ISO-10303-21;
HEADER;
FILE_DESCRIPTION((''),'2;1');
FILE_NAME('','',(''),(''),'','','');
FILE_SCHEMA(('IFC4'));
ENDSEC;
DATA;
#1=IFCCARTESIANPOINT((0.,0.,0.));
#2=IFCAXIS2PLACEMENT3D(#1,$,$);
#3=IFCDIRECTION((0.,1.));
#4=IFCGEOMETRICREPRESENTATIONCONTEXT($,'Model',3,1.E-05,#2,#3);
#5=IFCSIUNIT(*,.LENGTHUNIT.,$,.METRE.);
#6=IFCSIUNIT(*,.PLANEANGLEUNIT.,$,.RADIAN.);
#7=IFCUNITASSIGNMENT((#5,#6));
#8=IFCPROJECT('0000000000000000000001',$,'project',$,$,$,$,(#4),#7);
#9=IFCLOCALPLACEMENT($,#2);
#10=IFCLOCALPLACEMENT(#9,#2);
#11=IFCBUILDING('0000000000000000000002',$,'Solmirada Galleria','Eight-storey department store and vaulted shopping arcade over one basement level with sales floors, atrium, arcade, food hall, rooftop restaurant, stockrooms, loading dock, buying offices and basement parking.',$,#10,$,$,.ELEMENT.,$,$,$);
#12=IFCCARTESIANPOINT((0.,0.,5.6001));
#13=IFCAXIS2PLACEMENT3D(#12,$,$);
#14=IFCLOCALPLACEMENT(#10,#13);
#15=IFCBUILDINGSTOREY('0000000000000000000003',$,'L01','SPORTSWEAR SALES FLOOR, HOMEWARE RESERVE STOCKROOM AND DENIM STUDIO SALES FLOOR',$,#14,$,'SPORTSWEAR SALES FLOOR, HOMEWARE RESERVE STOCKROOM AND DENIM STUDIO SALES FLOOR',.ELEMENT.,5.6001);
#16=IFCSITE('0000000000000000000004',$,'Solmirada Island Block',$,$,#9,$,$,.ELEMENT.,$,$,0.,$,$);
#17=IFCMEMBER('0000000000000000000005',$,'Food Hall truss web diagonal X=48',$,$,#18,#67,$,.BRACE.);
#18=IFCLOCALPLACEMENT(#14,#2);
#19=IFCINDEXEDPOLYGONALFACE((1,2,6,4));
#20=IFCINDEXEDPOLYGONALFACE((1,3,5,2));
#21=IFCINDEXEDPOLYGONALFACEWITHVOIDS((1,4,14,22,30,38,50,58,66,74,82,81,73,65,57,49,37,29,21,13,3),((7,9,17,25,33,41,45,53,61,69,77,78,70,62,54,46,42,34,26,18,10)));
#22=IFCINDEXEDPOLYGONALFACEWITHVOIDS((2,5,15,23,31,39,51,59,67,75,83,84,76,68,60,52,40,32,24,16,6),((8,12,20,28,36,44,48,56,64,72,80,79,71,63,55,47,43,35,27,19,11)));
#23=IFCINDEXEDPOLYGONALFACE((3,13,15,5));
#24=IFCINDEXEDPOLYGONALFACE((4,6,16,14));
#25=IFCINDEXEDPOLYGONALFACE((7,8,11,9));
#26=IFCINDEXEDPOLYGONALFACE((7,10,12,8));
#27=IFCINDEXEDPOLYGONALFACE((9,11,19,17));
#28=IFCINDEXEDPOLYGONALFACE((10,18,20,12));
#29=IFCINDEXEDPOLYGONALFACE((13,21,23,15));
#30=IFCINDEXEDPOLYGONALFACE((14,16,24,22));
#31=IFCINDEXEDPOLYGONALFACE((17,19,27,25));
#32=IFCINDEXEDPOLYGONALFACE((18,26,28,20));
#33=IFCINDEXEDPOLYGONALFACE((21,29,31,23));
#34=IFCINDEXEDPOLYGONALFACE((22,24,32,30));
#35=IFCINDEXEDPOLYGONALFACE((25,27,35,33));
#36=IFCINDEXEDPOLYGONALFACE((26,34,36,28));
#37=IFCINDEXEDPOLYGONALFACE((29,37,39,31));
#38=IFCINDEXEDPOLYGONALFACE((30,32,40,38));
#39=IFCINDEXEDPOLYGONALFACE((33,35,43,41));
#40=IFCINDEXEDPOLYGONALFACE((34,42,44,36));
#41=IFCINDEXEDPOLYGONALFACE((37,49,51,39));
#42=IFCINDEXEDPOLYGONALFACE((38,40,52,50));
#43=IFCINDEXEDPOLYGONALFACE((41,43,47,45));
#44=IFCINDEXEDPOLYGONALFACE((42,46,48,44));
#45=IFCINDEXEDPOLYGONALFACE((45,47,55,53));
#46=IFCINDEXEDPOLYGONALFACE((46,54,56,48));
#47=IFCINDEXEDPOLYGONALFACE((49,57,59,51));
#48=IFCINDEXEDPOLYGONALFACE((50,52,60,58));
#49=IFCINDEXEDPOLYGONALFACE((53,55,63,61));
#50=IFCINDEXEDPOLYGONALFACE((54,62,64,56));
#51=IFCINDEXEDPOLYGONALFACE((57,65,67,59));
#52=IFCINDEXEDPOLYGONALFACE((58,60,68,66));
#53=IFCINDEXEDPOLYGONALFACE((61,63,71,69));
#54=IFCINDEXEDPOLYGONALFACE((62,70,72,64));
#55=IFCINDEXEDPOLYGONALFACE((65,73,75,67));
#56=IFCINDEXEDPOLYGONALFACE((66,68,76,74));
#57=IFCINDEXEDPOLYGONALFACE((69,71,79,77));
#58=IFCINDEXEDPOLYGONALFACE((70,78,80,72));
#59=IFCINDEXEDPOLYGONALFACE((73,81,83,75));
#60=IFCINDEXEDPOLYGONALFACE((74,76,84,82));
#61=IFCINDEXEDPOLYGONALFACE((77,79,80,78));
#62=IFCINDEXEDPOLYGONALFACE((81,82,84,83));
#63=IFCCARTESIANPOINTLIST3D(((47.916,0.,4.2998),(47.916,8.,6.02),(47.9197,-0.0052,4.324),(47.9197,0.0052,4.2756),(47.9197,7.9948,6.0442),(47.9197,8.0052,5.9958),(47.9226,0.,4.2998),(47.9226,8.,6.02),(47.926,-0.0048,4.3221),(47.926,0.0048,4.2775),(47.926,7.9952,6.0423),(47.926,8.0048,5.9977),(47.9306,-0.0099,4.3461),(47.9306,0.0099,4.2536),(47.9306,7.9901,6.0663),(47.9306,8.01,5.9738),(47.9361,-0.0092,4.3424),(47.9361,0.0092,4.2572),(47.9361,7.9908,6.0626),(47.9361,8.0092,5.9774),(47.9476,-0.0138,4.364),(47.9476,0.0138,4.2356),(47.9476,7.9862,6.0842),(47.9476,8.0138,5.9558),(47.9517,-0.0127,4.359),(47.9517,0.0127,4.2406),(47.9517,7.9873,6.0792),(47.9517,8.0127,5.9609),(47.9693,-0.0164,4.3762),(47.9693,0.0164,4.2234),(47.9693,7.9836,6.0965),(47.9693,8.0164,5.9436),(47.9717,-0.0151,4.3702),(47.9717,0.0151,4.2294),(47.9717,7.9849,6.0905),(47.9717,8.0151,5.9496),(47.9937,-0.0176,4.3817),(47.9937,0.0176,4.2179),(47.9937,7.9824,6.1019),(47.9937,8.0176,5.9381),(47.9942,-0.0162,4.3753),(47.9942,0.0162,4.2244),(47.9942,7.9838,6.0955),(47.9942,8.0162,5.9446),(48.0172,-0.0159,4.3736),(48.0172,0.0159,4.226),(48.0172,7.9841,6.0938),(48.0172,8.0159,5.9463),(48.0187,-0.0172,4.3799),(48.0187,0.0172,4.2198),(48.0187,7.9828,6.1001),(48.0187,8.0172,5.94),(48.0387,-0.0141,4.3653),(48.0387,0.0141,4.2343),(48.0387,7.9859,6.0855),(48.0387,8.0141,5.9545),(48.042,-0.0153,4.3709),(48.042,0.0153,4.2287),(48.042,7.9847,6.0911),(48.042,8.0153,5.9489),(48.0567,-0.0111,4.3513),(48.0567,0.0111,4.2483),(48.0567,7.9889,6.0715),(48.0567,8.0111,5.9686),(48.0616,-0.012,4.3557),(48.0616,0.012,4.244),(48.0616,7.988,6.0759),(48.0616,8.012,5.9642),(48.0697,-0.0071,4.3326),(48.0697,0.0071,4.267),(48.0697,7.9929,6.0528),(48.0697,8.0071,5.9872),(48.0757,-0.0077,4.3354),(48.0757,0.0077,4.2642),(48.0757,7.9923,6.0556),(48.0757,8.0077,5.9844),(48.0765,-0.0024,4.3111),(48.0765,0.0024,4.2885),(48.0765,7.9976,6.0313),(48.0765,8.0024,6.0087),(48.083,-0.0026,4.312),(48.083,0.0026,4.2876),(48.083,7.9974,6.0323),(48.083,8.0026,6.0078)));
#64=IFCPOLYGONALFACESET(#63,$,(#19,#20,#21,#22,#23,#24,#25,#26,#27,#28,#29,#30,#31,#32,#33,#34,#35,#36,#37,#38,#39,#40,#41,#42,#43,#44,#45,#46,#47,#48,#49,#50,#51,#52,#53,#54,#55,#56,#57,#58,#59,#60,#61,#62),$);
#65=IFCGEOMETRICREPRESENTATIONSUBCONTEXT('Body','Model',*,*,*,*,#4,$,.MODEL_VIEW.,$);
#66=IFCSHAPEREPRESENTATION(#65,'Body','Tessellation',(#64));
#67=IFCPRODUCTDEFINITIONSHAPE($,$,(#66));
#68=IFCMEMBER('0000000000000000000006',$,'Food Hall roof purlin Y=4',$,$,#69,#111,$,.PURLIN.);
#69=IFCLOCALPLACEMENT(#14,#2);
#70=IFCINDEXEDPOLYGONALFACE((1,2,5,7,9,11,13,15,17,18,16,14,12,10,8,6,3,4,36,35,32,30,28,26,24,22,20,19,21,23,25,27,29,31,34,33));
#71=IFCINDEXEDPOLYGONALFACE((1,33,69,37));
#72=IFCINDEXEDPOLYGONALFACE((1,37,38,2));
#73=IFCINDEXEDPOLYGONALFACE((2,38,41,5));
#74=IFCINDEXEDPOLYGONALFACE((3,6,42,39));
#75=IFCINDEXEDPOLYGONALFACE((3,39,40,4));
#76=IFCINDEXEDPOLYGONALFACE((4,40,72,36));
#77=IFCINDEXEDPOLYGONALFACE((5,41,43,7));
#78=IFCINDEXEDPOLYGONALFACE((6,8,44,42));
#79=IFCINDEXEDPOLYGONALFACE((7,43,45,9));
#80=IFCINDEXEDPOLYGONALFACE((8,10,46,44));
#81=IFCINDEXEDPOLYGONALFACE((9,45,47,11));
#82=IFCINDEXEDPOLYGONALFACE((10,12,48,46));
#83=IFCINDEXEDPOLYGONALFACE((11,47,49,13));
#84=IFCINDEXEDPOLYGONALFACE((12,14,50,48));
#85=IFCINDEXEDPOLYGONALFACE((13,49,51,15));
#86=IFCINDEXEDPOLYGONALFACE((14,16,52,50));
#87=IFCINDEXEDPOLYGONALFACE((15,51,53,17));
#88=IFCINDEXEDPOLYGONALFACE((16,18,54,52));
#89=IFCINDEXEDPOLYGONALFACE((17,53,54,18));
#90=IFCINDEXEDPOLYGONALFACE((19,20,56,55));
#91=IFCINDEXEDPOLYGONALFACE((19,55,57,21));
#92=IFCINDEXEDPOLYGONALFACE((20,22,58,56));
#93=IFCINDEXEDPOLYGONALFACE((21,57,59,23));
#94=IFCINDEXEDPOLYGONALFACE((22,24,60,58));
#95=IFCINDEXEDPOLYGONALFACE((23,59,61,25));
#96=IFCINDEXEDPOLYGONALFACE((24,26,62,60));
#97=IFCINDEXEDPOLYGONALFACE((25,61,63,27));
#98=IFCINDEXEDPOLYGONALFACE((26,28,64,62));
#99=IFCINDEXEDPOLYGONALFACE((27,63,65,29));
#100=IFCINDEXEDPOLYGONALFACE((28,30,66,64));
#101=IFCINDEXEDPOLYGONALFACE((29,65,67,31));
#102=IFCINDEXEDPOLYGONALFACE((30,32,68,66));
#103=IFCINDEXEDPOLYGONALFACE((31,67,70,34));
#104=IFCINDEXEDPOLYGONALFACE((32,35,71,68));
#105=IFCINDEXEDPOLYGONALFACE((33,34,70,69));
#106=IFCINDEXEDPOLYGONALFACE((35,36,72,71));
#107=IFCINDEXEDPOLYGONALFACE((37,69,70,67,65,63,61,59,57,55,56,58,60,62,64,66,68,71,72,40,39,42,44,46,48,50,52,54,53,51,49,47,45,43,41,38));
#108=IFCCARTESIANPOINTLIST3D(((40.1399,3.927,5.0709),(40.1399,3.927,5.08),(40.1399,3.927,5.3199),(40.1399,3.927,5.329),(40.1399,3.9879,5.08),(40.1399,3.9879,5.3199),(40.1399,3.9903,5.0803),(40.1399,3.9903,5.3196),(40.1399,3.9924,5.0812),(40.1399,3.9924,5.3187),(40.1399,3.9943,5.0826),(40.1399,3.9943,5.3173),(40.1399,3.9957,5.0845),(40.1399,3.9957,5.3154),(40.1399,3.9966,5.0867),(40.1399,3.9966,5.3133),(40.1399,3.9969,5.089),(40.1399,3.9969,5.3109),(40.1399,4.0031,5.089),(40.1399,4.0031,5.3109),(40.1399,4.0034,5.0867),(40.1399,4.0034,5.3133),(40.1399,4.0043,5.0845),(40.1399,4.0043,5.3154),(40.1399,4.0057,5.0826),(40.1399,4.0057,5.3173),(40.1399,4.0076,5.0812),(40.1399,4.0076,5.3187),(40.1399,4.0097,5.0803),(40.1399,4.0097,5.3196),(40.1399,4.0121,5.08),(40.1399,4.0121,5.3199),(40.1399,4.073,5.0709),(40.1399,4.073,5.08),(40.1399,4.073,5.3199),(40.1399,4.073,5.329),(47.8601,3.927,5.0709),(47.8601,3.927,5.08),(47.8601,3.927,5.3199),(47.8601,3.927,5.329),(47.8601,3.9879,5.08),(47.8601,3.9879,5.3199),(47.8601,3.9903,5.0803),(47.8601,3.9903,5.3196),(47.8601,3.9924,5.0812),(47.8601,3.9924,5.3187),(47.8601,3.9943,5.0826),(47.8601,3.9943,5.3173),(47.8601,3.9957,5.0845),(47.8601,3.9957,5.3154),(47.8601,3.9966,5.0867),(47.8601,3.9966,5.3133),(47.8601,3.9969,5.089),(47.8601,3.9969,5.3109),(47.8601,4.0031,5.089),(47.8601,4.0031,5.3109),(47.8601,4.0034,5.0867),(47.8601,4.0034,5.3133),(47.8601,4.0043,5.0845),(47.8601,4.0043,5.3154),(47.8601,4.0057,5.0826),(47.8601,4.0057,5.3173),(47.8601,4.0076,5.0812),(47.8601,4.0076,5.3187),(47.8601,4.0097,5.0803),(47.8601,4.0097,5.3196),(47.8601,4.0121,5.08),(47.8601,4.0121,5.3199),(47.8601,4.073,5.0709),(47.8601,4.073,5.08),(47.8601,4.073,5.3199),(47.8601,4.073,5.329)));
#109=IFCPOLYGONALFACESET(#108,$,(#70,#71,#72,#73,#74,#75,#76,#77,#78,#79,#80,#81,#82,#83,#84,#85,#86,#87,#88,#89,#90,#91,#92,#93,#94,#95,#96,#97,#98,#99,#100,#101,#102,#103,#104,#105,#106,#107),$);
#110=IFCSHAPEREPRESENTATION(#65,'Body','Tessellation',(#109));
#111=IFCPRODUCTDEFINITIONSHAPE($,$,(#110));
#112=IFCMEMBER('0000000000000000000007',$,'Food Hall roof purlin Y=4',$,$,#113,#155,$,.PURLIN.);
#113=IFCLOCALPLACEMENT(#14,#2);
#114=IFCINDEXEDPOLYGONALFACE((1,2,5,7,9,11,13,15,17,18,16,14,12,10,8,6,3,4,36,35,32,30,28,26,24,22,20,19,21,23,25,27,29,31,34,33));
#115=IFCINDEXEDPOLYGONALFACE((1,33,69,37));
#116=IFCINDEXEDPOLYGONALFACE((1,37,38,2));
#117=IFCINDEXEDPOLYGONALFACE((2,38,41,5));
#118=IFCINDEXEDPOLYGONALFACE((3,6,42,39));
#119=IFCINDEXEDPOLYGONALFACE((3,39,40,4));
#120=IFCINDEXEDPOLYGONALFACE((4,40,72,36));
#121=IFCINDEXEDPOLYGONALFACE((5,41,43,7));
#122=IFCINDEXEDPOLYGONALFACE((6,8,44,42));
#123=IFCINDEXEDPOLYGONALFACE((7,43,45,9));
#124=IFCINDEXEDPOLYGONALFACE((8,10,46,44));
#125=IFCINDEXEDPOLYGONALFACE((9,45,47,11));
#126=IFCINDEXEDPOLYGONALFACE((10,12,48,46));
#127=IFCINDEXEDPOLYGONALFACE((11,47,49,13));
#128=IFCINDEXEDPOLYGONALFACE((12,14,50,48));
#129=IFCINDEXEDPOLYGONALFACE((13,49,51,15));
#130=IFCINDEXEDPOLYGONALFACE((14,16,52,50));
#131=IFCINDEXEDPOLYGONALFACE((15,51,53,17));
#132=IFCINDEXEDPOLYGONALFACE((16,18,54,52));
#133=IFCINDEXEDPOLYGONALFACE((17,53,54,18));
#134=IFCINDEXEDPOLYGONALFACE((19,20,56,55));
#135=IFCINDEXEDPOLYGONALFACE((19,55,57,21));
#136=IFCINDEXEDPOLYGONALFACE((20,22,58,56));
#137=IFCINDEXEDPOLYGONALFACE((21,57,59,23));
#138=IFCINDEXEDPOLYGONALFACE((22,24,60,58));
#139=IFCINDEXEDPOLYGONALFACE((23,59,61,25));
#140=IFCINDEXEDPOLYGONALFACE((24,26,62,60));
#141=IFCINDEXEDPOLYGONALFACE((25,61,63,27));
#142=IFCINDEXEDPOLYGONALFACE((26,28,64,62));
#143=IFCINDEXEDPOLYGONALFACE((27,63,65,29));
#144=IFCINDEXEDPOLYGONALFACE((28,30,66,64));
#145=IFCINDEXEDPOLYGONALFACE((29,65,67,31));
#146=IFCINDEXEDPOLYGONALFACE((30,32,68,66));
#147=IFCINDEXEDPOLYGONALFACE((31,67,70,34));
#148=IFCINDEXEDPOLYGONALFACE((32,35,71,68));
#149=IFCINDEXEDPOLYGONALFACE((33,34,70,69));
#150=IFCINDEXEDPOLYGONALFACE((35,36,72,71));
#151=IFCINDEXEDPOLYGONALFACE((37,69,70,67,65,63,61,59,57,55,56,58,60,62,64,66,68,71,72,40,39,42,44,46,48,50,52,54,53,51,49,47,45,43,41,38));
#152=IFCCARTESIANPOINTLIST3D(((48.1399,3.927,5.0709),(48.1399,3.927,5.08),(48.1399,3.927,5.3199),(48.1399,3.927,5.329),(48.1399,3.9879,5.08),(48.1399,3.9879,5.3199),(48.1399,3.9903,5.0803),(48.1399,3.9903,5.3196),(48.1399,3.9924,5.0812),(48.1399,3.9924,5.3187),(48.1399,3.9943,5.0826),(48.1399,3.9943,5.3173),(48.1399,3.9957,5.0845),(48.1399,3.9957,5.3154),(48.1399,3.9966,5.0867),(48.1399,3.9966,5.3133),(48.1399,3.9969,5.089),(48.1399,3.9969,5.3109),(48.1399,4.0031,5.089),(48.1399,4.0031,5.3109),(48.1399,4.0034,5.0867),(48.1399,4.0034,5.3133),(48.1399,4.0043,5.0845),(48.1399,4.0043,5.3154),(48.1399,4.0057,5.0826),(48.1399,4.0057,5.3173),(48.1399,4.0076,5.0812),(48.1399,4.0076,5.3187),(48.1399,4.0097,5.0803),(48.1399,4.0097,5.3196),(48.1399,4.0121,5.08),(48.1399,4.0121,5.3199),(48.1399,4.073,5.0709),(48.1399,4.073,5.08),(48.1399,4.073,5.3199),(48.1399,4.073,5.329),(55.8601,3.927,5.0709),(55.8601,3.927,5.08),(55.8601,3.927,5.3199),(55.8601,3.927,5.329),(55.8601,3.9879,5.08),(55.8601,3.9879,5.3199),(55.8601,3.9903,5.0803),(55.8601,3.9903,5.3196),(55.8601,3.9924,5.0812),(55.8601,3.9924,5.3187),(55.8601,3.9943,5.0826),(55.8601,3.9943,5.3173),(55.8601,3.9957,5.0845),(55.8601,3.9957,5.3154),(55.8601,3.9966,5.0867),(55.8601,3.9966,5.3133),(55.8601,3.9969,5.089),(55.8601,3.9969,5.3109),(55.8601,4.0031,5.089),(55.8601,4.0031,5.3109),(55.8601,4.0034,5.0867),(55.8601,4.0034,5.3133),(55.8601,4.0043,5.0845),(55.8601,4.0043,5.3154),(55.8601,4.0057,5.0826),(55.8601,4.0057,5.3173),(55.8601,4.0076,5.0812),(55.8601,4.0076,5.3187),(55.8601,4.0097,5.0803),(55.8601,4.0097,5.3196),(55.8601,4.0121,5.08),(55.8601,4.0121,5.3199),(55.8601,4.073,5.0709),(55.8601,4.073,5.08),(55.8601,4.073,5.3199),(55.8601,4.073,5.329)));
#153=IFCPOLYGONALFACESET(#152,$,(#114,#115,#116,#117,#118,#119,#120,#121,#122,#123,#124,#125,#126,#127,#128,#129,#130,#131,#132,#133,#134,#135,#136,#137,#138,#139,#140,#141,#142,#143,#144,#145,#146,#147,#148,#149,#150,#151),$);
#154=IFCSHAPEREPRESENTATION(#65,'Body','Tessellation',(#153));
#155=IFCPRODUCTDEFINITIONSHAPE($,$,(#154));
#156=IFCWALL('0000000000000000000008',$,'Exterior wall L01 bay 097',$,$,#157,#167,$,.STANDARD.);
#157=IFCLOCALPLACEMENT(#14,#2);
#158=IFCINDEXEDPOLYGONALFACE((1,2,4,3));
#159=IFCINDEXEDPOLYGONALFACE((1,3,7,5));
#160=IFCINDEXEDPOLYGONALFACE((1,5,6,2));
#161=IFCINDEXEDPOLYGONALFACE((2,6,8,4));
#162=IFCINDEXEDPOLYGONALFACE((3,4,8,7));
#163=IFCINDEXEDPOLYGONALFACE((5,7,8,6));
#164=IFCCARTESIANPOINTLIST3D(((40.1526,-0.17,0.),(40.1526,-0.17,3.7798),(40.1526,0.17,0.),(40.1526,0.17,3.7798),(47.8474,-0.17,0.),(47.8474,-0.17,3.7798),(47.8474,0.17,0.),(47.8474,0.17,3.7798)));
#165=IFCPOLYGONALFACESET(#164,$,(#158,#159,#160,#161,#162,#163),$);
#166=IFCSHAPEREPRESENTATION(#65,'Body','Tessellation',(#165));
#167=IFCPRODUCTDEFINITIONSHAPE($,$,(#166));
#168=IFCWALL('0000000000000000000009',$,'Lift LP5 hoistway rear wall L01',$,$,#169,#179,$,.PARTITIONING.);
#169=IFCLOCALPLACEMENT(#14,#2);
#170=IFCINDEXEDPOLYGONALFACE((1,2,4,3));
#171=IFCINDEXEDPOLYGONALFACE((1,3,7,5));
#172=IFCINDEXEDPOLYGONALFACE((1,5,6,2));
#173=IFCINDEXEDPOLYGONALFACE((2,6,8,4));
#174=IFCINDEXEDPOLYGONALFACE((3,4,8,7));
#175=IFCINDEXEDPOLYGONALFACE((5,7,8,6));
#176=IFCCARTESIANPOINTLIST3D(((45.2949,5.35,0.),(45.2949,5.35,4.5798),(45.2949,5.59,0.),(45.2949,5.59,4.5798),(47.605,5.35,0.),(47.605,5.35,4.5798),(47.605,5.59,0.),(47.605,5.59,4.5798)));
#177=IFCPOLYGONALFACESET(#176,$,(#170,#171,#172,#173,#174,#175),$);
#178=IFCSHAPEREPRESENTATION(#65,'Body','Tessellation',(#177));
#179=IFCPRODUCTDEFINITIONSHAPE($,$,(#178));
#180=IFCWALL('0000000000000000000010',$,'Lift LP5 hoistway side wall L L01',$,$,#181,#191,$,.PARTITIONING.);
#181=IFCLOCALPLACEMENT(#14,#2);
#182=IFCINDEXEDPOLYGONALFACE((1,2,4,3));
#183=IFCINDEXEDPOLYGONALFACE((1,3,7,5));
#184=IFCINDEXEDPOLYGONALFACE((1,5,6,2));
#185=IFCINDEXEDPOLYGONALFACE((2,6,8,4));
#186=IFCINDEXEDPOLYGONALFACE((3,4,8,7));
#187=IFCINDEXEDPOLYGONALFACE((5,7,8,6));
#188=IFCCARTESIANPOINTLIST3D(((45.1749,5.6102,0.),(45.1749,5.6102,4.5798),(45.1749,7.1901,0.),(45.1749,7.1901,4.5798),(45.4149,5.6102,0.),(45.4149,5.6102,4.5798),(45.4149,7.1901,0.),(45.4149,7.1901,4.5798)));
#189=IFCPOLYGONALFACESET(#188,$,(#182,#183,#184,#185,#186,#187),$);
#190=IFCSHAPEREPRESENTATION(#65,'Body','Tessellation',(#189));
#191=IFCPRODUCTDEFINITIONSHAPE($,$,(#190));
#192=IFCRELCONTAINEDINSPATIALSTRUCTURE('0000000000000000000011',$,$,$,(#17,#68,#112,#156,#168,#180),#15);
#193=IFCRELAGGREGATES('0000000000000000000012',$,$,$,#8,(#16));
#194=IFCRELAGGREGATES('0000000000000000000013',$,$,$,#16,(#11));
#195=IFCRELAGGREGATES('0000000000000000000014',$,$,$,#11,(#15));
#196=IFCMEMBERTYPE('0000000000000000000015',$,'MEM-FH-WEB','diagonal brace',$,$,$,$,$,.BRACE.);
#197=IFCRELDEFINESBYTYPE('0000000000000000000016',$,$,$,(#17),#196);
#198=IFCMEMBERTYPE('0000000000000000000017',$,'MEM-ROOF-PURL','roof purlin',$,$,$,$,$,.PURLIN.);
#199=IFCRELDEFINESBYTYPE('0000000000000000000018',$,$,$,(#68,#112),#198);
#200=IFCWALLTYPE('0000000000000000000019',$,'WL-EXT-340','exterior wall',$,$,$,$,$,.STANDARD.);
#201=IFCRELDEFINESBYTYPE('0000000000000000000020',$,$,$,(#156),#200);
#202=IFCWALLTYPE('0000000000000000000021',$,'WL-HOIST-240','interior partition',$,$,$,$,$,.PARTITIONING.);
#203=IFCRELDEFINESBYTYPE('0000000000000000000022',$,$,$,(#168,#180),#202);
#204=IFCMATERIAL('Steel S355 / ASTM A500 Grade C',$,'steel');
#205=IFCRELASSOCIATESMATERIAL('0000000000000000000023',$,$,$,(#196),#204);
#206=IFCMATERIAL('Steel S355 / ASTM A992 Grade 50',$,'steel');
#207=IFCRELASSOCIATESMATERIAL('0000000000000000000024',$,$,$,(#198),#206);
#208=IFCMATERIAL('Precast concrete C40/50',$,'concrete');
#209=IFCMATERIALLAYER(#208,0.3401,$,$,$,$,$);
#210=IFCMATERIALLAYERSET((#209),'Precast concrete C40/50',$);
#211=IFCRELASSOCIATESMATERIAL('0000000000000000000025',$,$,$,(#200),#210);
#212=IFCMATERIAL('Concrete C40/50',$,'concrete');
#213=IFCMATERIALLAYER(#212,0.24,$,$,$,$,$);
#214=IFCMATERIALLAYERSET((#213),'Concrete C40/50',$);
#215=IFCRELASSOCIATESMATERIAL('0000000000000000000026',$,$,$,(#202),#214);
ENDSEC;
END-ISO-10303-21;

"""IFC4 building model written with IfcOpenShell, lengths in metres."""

from ifc_helpers import new_model, si_unit, direction, frame, frame_2d, origin, origin_2d, place, context, subcontext, project, spatial, rectangle, hollow_circle, i_section, extrude, material, layer, layer_set, material_profile, profile_set, type_object, element, save


model = new_model("IFC4")

# Units and contexts
model_context = context("Model", 3, precision=1e-05, world=origin(), true_north=direction((0.0, 1.0)))
body_context = subcontext(model_context, "Body", "Model", "MODEL_VIEW")
ifc_project = project(units=[si_unit("LENGTHUNIT", "METRE"), si_unit("PLANEANGLEUNIT", "RADIAN")], contexts=[model_context])

# Site, building, storey
site_placement = place(None, origin())
site = spatial("IfcSite", under=ifc_project, at=site_placement, Name="Solmirada Island Block", CompositionType="ELEMENT", RefElevation=0.0)
building_placement = place(site_placement, origin())
building = spatial("IfcBuilding", under=site, at=building_placement, Name="Solmirada Galleria", Description="Eight-storey department store and vaulted shopping arcade over one basement level with sales floors, atrium, arcade, food hall, rooftop restaurant, stockrooms, loading dock, buying offices and basement parking.", CompositionType="ELEMENT")
storey_placement = place(building_placement, frame((0.0, 0.0, 5.6001)))
storey = spatial("IfcBuildingStorey", under=building, at=storey_placement, Name="L01", Description="SPORTSWEAR SALES FLOOR, HOMEWARE RESERVE STOCKROOM AND DENIM STUDIO SALES FLOOR", LongName="SPORTSWEAR SALES FLOOR, HOMEWARE RESERVE STOCKROOM AND DENIM STUDIO SALES FLOOR", CompositionType="ELEMENT", Elevation=5.6001)

# Shared definitions
ifc_material_1 = material(Name="Steel S355 / ASTM A500 Grade C", Category="steel")

# Members
ifc_material_profile_1 = material_profile(ifc_material_1, hollow_circle(Radius=0.084, WallThickness=0.0066, at=origin_2d()), Name="HSS6.625X0.280")
ifc_profile_set_1 = profile_set([ifc_material_profile_1], Name="Steel S355 / ASTM A500 Grade C")
member_type_1 = type_object("IfcMemberType", Name="MEM-FH-WEB", Description="diagonal brace", PredefinedType="BRACE", material=ifc_profile_set_1)
member_1_placement = place(storey_placement, frame((48.0, 0.0, 4.2998), z_axis=(0.0, 0.977654, 0.210222), x_axis=(-1.0, 0.0, 0.0)))
element("IfcMember", 1, at=member_1_placement, inside=storey, type_object=member_type_1, Name="Food Hall truss web diagonal X=48", PredefinedType="BRACE", context=body_context, shape_type="SweptSolid", body=[
    extrude(hollow_circle(Radius=0.084, WallThickness=0.0066, at=origin_2d()), origin(), (0.0, 0.0, 1.0), 8.1829),
])
ifc_material_2 = material(Name="Steel S355 / ASTM A992 Grade 50", Category="steel")
ifc_material_profile_2 = material_profile(ifc_material_2, i_section(OverallWidth=0.146, OverallDepth=0.2581, WebThickness=0.0061, FlangeThickness=0.009, FilletRadius=0.009, at=origin_2d()), Name="W10X22")
ifc_profile_set_2 = profile_set([ifc_material_profile_2], Name="Steel S355 / ASTM A992 Grade 50")
member_type_2 = type_object("IfcMemberType", Name="MEM-ROOF-PURL", Description="roof purlin", PredefinedType="PURLIN", material=ifc_profile_set_2)
for number, where, z_axis, x_axis, name in (
    (2, (40.1399, 4.0, 5.2), (1.0, 0.0, 0.0), (0.0, 1.0, 0.0), "Food Hall roof purlin Y=4"),
    (3, (48.1399, 4.0, 5.2), (1.0, 0.0, 0.0), (0.0, 1.0, 0.0), "Food Hall roof purlin Y=4"),
):
    element("IfcMember", number, at=place(storey_placement, frame(where, z_axis=z_axis, x_axis=x_axis)), inside=storey, type_object=member_type_2, Name=name, PredefinedType="PURLIN", context=body_context, shape_type="SweptSolid", body=[
        extrude(i_section(OverallWidth=0.146, OverallDepth=0.2581, WebThickness=0.0061, FlangeThickness=0.009, FilletRadius=0.009, at=origin_2d()), origin(), (0.0, 0.0, 1.0), 7.7202),
    ])

# Shared definitions
ifc_material_3 = material(Name="Concrete C40/50", Category="concrete")

# Walls
ifc_material_4 = material(Name="Precast concrete C40/50", Category="concrete")
ifc_layer_1 = layer(ifc_material_4, 0.3401)
ifc_layer_set_1 = layer_set([ifc_layer_1], Name="Precast concrete C40/50")
wall_type_1 = type_object("IfcWallType", Name="WL-EXT-340", Description="exterior wall", PredefinedType="STANDARD", material=ifc_layer_set_1)
wall_1_placement = place(storey_placement, frame((47.8474, 0.0, 0.0), z_axis=(0.0, 0.0, 1.0), x_axis=(-1.0, 0.0, 0.0)))
element("IfcWall", 4, at=wall_1_placement, inside=storey, type_object=wall_type_1, Name="Exterior wall L01 bay 097", PredefinedType="STANDARD", context=body_context, shape_type="SweptSolid", body=[
    extrude(rectangle(XDim=7.6948, YDim=0.3401, at=frame_2d((3.8474, 0.0))), origin(), (0.0, 0.0, 1.0), 3.7798),
])
ifc_layer_2 = layer(ifc_material_3, 0.24)
ifc_layer_set_2 = layer_set([ifc_layer_2], Name="Concrete C40/50")
wall_type_2 = type_object("IfcWallType", Name="WL-HOIST-240", Description="interior partition", PredefinedType="PARTITIONING", material=ifc_layer_set_2)
wall_2_placement = place(storey_placement, frame((45.2949, 5.47, 0.0), z_axis=(0.0, 0.0, 1.0), x_axis=(1.0, 0.0, 0.0)))
element("IfcWall", 5, at=wall_2_placement, inside=storey, type_object=wall_type_2, Name="Lift LP5 hoistway rear wall L01", PredefinedType="PARTITIONING", context=body_context, shape_type="SweptSolid", body=[
    extrude(rectangle(XDim=2.3101, YDim=0.24, at=frame_2d((1.155, 0.0))), origin(), (0.0, 0.0, 1.0), 4.5798),
])
for number, where, z_axis, x_axis, name in (
    (6, (45.2949, 5.6101, 0.0), (0.0, 0.0, 1.0), (0.0, 1.0, 0.0), "Lift LP5 hoistway side wall L L01"),
):
    element("IfcWall", number, at=place(storey_placement, frame(where, z_axis=z_axis, x_axis=x_axis)), inside=storey, type_object=wall_type_2, Name=name, PredefinedType="PARTITIONING", context=body_context, shape_type="SweptSolid", body=[
        extrude(rectangle(XDim=1.5798, YDim=0.24, at=frame_2d((0.79, 0.0))), origin(), (0.0, 0.0, 1.0), 4.5798),
    ])

save(model, "model.ifc")
